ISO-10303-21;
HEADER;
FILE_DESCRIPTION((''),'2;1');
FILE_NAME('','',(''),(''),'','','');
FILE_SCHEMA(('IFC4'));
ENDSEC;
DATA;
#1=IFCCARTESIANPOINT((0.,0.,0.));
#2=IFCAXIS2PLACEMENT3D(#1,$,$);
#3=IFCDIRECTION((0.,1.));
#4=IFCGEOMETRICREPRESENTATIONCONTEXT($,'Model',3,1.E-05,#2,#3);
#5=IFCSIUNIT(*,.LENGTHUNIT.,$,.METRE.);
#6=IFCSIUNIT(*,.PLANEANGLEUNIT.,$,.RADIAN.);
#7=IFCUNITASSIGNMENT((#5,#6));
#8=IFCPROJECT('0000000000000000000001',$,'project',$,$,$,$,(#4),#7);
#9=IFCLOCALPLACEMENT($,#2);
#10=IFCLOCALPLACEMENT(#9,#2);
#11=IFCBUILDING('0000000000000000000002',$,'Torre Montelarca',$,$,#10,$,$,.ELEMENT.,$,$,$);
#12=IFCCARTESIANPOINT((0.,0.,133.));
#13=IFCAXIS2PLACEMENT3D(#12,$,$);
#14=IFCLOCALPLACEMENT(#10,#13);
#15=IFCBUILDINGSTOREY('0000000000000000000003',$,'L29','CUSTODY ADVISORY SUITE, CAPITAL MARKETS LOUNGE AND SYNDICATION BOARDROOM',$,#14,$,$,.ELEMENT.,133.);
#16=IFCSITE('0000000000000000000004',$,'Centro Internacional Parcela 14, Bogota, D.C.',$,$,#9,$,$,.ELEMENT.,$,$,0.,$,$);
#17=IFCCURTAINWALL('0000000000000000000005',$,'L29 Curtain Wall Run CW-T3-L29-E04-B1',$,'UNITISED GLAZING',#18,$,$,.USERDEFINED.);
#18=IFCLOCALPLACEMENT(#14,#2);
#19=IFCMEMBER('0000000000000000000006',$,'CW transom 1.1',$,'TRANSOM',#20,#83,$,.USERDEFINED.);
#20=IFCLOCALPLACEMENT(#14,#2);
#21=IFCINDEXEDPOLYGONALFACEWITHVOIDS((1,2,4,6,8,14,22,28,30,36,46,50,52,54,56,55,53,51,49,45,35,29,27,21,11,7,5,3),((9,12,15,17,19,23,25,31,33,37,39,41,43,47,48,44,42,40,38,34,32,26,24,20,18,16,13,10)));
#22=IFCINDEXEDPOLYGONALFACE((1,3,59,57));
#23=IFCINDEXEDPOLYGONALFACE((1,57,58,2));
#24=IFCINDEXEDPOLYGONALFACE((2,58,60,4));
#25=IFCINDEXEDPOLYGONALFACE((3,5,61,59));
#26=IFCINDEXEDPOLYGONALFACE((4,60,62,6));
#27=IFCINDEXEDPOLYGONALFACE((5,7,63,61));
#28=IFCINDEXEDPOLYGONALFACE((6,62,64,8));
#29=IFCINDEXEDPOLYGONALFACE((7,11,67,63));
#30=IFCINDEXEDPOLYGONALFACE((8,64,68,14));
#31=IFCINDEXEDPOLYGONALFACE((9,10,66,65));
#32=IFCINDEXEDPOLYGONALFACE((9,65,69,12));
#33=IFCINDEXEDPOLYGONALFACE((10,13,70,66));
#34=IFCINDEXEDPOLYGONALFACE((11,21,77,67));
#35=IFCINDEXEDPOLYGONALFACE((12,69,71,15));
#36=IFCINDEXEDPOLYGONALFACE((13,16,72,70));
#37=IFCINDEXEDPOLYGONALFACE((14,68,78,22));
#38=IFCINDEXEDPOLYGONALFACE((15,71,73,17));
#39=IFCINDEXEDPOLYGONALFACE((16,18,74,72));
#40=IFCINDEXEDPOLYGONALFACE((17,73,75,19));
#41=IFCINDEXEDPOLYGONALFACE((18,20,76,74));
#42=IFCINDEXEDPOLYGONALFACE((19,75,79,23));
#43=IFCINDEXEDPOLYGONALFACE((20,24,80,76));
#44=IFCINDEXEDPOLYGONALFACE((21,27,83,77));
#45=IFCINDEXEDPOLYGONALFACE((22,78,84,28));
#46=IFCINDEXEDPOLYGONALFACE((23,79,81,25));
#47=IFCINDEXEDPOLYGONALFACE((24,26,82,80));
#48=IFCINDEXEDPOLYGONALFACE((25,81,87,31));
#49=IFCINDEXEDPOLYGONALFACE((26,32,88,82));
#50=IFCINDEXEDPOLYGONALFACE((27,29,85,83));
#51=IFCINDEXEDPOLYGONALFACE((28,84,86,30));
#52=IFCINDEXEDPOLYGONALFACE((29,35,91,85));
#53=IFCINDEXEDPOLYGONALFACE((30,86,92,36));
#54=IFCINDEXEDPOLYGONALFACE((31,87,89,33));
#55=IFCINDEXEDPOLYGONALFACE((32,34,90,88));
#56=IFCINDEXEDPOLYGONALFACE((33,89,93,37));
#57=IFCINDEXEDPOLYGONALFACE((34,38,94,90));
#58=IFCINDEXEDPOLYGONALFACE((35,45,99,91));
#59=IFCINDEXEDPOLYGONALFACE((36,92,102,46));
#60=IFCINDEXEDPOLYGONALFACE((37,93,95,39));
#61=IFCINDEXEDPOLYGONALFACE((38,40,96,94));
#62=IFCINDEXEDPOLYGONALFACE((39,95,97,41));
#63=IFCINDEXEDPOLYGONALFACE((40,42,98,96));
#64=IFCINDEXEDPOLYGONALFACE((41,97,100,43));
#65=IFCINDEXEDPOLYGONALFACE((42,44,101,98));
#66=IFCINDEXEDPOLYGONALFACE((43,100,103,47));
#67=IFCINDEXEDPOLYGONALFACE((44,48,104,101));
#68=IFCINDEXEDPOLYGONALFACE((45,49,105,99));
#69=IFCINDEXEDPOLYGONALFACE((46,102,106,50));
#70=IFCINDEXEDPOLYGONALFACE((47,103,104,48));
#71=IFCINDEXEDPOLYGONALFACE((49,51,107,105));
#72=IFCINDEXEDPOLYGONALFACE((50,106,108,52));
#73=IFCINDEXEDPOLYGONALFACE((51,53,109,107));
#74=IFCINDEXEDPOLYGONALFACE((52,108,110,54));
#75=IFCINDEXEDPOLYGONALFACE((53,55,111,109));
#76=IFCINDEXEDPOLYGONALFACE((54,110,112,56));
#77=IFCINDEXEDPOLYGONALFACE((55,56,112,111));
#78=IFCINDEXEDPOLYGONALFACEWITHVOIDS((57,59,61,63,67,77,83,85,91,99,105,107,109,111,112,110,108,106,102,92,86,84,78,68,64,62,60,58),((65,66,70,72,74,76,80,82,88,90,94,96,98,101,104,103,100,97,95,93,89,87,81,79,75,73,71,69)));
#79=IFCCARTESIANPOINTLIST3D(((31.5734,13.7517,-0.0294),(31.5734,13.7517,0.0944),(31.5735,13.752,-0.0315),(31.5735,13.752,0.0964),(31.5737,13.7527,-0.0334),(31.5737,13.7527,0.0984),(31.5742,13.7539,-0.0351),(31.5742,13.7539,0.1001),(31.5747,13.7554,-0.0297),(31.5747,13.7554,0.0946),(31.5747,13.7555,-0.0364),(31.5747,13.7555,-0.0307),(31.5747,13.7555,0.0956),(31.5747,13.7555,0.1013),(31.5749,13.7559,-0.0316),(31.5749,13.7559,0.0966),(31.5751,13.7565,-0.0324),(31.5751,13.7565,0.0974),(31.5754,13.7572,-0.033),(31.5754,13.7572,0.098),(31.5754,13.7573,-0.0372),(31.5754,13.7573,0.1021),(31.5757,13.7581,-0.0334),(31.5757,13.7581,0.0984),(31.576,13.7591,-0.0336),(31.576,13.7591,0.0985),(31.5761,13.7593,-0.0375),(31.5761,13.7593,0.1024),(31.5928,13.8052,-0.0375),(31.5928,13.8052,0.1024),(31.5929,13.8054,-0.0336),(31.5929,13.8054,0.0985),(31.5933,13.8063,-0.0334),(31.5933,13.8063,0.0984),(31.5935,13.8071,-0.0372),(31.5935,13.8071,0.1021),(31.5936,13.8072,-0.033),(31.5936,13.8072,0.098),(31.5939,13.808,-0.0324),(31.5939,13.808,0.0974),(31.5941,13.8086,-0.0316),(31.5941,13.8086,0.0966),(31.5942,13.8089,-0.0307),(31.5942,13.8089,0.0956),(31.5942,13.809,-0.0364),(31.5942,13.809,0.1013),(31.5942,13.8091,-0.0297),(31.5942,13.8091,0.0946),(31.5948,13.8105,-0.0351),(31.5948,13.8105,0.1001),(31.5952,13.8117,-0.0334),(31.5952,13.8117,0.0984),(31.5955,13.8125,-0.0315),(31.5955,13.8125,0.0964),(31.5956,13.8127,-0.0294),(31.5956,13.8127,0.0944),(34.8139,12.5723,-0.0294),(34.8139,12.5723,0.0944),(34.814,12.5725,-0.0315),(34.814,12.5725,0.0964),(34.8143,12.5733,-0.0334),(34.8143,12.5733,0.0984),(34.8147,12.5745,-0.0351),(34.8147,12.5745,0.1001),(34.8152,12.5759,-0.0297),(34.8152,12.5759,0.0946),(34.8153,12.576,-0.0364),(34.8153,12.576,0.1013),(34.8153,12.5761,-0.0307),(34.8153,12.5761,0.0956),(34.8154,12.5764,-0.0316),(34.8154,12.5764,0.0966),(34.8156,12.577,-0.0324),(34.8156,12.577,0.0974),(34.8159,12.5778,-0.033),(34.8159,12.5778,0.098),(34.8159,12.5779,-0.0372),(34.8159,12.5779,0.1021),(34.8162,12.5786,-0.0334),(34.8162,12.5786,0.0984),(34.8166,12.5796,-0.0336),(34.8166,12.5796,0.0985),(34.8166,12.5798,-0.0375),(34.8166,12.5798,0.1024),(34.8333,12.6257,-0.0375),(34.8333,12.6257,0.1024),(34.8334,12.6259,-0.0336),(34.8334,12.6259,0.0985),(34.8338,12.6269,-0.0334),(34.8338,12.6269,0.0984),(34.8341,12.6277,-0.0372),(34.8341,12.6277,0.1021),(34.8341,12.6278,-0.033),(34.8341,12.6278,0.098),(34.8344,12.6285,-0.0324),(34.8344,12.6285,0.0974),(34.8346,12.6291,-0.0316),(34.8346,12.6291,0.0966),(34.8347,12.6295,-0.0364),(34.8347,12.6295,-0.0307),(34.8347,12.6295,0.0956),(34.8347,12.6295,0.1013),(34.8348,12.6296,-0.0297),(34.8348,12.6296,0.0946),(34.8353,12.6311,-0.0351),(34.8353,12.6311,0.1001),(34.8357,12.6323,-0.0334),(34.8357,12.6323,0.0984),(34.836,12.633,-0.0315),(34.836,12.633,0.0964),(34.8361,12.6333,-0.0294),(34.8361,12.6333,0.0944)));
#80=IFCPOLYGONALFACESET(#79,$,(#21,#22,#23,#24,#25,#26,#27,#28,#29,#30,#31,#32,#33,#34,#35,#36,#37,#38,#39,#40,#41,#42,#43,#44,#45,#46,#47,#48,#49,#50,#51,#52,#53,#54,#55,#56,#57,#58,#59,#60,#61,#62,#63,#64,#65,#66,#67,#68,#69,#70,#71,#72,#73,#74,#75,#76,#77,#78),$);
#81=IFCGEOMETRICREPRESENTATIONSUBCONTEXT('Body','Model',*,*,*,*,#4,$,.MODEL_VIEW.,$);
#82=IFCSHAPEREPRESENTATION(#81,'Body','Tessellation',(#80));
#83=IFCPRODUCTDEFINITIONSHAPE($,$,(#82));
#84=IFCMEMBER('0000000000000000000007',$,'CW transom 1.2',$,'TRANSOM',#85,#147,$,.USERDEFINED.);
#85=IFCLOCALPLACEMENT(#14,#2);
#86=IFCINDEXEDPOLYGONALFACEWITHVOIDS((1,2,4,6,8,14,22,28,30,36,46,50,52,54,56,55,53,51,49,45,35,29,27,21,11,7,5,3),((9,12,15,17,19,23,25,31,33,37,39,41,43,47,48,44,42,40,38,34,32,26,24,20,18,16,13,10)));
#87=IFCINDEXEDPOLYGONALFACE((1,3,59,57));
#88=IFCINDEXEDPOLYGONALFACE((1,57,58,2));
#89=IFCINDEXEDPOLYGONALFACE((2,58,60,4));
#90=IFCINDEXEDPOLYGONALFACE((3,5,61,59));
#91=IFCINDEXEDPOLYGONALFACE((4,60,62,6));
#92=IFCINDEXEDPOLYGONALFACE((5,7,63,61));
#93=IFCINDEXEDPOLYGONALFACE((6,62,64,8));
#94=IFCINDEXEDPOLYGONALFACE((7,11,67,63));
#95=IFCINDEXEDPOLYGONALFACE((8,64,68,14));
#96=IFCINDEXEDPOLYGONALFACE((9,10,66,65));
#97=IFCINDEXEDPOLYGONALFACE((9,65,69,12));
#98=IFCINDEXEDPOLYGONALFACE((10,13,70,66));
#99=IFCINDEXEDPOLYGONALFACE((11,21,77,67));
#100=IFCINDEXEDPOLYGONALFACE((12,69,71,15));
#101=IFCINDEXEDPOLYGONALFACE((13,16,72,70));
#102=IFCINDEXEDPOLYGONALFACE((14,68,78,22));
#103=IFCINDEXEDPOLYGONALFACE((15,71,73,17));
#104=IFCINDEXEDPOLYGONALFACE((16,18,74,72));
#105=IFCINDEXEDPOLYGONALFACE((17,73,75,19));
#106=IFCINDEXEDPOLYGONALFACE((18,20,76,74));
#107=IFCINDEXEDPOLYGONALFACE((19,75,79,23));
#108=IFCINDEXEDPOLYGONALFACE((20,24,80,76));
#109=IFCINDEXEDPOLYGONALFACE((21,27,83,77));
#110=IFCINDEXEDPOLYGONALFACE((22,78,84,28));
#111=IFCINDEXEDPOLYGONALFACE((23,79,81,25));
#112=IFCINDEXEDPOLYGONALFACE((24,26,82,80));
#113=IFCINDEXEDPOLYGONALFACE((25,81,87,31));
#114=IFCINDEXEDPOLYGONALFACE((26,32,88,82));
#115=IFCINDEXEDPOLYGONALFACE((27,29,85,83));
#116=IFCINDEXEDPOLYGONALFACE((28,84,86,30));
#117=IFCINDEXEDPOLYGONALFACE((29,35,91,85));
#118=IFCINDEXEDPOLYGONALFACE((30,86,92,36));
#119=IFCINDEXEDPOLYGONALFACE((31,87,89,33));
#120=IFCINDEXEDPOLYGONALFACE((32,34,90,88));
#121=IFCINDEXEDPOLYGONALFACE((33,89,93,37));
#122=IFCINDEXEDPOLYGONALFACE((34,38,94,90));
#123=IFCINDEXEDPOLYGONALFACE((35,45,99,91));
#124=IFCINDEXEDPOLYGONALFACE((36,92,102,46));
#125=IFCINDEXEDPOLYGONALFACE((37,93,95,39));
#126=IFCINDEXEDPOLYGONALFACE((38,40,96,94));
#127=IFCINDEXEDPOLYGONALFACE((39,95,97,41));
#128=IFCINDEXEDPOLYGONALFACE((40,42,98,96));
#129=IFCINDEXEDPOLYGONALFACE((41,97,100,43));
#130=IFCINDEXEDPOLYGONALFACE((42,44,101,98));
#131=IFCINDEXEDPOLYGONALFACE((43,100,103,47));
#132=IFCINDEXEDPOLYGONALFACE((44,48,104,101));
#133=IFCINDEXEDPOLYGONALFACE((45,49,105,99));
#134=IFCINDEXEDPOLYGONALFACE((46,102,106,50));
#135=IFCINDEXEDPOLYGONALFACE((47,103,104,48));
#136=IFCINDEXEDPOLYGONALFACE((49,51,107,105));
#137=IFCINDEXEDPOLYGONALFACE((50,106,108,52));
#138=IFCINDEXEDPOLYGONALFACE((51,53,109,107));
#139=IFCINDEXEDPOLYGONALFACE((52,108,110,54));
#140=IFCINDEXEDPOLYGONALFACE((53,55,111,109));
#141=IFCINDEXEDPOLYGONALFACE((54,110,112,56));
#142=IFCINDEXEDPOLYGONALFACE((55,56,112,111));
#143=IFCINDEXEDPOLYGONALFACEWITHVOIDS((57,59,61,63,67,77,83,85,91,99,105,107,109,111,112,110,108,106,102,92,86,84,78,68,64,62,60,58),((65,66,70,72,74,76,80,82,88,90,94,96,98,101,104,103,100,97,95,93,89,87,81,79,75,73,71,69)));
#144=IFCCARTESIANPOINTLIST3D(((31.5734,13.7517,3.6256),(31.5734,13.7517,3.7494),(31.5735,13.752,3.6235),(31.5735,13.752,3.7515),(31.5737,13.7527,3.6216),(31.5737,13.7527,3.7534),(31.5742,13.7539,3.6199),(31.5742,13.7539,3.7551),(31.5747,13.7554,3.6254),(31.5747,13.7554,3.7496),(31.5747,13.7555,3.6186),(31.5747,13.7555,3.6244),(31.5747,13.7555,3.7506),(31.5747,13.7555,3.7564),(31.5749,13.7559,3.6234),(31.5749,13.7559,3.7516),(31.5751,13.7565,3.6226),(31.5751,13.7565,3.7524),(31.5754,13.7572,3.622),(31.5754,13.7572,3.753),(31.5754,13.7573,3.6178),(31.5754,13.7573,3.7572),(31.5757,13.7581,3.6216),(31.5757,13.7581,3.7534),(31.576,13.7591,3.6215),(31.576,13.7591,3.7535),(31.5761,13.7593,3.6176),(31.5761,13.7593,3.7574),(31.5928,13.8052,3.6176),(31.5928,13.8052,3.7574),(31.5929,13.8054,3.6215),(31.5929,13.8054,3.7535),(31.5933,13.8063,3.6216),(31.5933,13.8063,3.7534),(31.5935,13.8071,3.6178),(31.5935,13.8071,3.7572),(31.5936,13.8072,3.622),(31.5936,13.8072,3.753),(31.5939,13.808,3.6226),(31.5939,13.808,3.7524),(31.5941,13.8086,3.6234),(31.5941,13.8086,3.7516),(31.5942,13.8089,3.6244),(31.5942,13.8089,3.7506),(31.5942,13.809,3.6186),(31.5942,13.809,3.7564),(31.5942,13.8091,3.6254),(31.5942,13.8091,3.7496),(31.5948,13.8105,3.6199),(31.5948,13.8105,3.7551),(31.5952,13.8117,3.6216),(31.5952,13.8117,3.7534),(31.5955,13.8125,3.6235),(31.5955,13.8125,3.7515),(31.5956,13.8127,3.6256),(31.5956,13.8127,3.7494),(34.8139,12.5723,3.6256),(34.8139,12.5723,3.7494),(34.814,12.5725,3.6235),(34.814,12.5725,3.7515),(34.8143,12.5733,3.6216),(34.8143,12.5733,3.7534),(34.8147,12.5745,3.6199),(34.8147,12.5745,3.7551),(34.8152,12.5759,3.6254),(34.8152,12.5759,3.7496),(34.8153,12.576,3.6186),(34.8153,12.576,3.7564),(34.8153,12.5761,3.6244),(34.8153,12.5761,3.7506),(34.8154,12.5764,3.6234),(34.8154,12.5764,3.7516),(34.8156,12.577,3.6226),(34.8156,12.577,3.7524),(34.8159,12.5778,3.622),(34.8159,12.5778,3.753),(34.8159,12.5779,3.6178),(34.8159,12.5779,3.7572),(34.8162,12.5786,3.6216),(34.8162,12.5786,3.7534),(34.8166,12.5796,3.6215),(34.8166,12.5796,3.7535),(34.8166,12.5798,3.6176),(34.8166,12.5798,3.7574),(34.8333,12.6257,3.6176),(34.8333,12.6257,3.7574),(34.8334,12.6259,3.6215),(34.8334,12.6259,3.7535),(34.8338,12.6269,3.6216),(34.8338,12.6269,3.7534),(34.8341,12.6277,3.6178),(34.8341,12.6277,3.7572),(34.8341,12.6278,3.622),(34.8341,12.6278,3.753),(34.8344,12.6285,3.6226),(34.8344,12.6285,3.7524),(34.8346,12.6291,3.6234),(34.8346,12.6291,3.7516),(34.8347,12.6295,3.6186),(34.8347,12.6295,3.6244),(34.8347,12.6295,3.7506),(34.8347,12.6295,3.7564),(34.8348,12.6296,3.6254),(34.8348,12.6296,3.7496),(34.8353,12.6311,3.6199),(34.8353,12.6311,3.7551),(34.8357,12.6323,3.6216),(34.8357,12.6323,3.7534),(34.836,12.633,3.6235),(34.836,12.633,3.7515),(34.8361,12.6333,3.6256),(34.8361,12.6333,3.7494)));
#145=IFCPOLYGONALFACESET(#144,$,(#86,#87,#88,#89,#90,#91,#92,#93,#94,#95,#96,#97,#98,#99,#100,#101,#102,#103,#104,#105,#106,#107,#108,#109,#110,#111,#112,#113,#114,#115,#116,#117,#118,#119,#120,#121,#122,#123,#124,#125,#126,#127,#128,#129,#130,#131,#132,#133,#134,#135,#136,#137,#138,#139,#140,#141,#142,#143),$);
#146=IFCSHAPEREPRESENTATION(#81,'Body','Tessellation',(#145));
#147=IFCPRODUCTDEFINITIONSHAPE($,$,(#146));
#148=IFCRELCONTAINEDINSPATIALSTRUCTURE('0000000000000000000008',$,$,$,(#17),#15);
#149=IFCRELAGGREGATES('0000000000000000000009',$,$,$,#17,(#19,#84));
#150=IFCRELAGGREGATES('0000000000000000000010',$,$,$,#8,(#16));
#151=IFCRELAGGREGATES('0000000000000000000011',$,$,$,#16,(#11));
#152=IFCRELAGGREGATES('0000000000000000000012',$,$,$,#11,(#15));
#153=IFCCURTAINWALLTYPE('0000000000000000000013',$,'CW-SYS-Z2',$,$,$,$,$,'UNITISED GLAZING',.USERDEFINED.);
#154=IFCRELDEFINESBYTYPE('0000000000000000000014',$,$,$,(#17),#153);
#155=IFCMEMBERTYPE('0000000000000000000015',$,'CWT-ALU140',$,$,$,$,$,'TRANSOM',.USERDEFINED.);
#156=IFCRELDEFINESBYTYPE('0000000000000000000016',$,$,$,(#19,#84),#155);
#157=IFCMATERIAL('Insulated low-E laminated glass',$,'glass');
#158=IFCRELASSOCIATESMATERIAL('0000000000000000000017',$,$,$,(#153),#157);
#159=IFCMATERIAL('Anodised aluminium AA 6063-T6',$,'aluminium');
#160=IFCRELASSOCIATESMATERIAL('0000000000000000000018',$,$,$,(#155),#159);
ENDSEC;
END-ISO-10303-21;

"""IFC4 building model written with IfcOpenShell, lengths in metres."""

from ifc_helpers import new_model, si_unit, direction, frame, origin, origin_2d, place, context, subcontext, project, spatial, hollow_rectangle, extrude, source, transform, mapped, material, material_profile, profile_set, type_object, element, aggregate, save


model = new_model("IFC4")

# Units and contexts
model_context = context("Model", 3, precision=1e-05, world=origin(), true_north=direction((0.0, 1.0)))
body_context = subcontext(model_context, "Body", "Model", "MODEL_VIEW")
ifc_project = project(units=[si_unit("LENGTHUNIT", "METRE"), si_unit("PLANEANGLEUNIT", "RADIAN")], contexts=[model_context])

# Site, building, storey
site_placement = place(None, origin())
site = spatial("IfcSite", under=ifc_project, at=site_placement, Name="Centro Internacional Parcela 14, Bogota, D.C.", CompositionType="ELEMENT", RefElevation=0.0)
building_placement = place(site_placement, origin())
building = spatial("IfcBuilding", under=site, at=building_placement, Name="Torre Montelarca", CompositionType="ELEMENT")
storey_placement = place(building_placement, frame((0.0, 0.0, 133.0)))
storey = spatial("IfcBuildingStorey", under=building, at=storey_placement, Name="L29", Description="CUSTODY ADVISORY SUITE, CAPITAL MARKETS LOUNGE AND SYNDICATION BOARDROOM", CompositionType="ELEMENT", Elevation=133.0)

# Shared definitions
ifc_material_1 = material(Name="Insulated low-E laminated glass", Category="glass")
curtain_wall_type = type_object("IfcCurtainWallType", Name="CW-SYS-Z2", ElementType="UNITISED GLAZING", PredefinedType="USERDEFINED", material=ifc_material_1)
ifc_material_2 = material(Name="Anodised aluminium AA 6063-T6", Category="aluminium")
ifc_material_profile_1 = material_profile(ifc_material_2, hollow_rectangle(XDim=0.0649, YDim=0.1399, WallThickness=0.0039, InnerFilletRadius=0.0039, OuterFilletRadius=0.0081, at=origin_2d()), Name="ALU65X140X4", Category="aluminium")
ifc_profile_set_1 = profile_set([ifc_material_profile_1], Name="Anodised aluminium AA 6063-T6")
member_type_1 = type_object("IfcMemberType", Name="CWT-ALU140", ElementType="TRANSOM", PredefinedType="USERDEFINED", material=ifc_profile_set_1)

# Curtain wall
curtain_wall_1_placement = place(storey_placement, origin())
curtain_wall_1 = element("IfcCurtainWall", 1, at=curtain_wall_1_placement, inside=storey, type_object=curtain_wall_type, Name="L29 Curtain Wall Run CW-T3-L29-E04-B1", ObjectType="UNITISED GLAZING", PredefinedType="USERDEFINED")

# Members
shared_shape_1 = source(origin(), body_context, "Body", "SweptSolid", [
    extrude(hollow_rectangle(XDim=0.0649, YDim=0.1399, WallThickness=0.0039, InnerFilletRadius=0.0039, OuterFilletRadius=0.0081, at=origin_2d()), origin(), (0.0, 0.0, 1.0), 3.4485),
])
member_1_placement = place(storey_placement, frame((31.5845, 13.7822, 0.0325), z_axis=(0.939692, -0.342022, 0.0), x_axis=(0.342022, 0.939692, 0.0)))
member_1 = element("IfcMember", 2, at=member_1_placement, type_object=member_type_1, Name="CW transom 1.1", ObjectType="TRANSOM", PredefinedType="USERDEFINED", context=body_context, shape_type="MappedRepresentation", body=[
    mapped(shared_shape_1, transform((0.0, 0.0, 0.0), scale=1.0)),
])
member_2_placement = place(storey_placement, frame((31.5845, 13.7822, 3.6875), z_axis=(0.939692, -0.342022, 0.0), x_axis=(0.342022, 0.939692, 0.0)))
member_2 = element("IfcMember", 3, at=member_2_placement, type_object=member_type_1, Name="CW transom 1.2", ObjectType="TRANSOM", PredefinedType="USERDEFINED", context=body_context, shape_type="MappedRepresentation", body=[
    mapped(shared_shape_1, transform((0.0, 0.0, 0.0), scale=1.0)),
])

aggregate(curtain_wall_1, [member_1, member_2])

save(model, "model.ifc")
